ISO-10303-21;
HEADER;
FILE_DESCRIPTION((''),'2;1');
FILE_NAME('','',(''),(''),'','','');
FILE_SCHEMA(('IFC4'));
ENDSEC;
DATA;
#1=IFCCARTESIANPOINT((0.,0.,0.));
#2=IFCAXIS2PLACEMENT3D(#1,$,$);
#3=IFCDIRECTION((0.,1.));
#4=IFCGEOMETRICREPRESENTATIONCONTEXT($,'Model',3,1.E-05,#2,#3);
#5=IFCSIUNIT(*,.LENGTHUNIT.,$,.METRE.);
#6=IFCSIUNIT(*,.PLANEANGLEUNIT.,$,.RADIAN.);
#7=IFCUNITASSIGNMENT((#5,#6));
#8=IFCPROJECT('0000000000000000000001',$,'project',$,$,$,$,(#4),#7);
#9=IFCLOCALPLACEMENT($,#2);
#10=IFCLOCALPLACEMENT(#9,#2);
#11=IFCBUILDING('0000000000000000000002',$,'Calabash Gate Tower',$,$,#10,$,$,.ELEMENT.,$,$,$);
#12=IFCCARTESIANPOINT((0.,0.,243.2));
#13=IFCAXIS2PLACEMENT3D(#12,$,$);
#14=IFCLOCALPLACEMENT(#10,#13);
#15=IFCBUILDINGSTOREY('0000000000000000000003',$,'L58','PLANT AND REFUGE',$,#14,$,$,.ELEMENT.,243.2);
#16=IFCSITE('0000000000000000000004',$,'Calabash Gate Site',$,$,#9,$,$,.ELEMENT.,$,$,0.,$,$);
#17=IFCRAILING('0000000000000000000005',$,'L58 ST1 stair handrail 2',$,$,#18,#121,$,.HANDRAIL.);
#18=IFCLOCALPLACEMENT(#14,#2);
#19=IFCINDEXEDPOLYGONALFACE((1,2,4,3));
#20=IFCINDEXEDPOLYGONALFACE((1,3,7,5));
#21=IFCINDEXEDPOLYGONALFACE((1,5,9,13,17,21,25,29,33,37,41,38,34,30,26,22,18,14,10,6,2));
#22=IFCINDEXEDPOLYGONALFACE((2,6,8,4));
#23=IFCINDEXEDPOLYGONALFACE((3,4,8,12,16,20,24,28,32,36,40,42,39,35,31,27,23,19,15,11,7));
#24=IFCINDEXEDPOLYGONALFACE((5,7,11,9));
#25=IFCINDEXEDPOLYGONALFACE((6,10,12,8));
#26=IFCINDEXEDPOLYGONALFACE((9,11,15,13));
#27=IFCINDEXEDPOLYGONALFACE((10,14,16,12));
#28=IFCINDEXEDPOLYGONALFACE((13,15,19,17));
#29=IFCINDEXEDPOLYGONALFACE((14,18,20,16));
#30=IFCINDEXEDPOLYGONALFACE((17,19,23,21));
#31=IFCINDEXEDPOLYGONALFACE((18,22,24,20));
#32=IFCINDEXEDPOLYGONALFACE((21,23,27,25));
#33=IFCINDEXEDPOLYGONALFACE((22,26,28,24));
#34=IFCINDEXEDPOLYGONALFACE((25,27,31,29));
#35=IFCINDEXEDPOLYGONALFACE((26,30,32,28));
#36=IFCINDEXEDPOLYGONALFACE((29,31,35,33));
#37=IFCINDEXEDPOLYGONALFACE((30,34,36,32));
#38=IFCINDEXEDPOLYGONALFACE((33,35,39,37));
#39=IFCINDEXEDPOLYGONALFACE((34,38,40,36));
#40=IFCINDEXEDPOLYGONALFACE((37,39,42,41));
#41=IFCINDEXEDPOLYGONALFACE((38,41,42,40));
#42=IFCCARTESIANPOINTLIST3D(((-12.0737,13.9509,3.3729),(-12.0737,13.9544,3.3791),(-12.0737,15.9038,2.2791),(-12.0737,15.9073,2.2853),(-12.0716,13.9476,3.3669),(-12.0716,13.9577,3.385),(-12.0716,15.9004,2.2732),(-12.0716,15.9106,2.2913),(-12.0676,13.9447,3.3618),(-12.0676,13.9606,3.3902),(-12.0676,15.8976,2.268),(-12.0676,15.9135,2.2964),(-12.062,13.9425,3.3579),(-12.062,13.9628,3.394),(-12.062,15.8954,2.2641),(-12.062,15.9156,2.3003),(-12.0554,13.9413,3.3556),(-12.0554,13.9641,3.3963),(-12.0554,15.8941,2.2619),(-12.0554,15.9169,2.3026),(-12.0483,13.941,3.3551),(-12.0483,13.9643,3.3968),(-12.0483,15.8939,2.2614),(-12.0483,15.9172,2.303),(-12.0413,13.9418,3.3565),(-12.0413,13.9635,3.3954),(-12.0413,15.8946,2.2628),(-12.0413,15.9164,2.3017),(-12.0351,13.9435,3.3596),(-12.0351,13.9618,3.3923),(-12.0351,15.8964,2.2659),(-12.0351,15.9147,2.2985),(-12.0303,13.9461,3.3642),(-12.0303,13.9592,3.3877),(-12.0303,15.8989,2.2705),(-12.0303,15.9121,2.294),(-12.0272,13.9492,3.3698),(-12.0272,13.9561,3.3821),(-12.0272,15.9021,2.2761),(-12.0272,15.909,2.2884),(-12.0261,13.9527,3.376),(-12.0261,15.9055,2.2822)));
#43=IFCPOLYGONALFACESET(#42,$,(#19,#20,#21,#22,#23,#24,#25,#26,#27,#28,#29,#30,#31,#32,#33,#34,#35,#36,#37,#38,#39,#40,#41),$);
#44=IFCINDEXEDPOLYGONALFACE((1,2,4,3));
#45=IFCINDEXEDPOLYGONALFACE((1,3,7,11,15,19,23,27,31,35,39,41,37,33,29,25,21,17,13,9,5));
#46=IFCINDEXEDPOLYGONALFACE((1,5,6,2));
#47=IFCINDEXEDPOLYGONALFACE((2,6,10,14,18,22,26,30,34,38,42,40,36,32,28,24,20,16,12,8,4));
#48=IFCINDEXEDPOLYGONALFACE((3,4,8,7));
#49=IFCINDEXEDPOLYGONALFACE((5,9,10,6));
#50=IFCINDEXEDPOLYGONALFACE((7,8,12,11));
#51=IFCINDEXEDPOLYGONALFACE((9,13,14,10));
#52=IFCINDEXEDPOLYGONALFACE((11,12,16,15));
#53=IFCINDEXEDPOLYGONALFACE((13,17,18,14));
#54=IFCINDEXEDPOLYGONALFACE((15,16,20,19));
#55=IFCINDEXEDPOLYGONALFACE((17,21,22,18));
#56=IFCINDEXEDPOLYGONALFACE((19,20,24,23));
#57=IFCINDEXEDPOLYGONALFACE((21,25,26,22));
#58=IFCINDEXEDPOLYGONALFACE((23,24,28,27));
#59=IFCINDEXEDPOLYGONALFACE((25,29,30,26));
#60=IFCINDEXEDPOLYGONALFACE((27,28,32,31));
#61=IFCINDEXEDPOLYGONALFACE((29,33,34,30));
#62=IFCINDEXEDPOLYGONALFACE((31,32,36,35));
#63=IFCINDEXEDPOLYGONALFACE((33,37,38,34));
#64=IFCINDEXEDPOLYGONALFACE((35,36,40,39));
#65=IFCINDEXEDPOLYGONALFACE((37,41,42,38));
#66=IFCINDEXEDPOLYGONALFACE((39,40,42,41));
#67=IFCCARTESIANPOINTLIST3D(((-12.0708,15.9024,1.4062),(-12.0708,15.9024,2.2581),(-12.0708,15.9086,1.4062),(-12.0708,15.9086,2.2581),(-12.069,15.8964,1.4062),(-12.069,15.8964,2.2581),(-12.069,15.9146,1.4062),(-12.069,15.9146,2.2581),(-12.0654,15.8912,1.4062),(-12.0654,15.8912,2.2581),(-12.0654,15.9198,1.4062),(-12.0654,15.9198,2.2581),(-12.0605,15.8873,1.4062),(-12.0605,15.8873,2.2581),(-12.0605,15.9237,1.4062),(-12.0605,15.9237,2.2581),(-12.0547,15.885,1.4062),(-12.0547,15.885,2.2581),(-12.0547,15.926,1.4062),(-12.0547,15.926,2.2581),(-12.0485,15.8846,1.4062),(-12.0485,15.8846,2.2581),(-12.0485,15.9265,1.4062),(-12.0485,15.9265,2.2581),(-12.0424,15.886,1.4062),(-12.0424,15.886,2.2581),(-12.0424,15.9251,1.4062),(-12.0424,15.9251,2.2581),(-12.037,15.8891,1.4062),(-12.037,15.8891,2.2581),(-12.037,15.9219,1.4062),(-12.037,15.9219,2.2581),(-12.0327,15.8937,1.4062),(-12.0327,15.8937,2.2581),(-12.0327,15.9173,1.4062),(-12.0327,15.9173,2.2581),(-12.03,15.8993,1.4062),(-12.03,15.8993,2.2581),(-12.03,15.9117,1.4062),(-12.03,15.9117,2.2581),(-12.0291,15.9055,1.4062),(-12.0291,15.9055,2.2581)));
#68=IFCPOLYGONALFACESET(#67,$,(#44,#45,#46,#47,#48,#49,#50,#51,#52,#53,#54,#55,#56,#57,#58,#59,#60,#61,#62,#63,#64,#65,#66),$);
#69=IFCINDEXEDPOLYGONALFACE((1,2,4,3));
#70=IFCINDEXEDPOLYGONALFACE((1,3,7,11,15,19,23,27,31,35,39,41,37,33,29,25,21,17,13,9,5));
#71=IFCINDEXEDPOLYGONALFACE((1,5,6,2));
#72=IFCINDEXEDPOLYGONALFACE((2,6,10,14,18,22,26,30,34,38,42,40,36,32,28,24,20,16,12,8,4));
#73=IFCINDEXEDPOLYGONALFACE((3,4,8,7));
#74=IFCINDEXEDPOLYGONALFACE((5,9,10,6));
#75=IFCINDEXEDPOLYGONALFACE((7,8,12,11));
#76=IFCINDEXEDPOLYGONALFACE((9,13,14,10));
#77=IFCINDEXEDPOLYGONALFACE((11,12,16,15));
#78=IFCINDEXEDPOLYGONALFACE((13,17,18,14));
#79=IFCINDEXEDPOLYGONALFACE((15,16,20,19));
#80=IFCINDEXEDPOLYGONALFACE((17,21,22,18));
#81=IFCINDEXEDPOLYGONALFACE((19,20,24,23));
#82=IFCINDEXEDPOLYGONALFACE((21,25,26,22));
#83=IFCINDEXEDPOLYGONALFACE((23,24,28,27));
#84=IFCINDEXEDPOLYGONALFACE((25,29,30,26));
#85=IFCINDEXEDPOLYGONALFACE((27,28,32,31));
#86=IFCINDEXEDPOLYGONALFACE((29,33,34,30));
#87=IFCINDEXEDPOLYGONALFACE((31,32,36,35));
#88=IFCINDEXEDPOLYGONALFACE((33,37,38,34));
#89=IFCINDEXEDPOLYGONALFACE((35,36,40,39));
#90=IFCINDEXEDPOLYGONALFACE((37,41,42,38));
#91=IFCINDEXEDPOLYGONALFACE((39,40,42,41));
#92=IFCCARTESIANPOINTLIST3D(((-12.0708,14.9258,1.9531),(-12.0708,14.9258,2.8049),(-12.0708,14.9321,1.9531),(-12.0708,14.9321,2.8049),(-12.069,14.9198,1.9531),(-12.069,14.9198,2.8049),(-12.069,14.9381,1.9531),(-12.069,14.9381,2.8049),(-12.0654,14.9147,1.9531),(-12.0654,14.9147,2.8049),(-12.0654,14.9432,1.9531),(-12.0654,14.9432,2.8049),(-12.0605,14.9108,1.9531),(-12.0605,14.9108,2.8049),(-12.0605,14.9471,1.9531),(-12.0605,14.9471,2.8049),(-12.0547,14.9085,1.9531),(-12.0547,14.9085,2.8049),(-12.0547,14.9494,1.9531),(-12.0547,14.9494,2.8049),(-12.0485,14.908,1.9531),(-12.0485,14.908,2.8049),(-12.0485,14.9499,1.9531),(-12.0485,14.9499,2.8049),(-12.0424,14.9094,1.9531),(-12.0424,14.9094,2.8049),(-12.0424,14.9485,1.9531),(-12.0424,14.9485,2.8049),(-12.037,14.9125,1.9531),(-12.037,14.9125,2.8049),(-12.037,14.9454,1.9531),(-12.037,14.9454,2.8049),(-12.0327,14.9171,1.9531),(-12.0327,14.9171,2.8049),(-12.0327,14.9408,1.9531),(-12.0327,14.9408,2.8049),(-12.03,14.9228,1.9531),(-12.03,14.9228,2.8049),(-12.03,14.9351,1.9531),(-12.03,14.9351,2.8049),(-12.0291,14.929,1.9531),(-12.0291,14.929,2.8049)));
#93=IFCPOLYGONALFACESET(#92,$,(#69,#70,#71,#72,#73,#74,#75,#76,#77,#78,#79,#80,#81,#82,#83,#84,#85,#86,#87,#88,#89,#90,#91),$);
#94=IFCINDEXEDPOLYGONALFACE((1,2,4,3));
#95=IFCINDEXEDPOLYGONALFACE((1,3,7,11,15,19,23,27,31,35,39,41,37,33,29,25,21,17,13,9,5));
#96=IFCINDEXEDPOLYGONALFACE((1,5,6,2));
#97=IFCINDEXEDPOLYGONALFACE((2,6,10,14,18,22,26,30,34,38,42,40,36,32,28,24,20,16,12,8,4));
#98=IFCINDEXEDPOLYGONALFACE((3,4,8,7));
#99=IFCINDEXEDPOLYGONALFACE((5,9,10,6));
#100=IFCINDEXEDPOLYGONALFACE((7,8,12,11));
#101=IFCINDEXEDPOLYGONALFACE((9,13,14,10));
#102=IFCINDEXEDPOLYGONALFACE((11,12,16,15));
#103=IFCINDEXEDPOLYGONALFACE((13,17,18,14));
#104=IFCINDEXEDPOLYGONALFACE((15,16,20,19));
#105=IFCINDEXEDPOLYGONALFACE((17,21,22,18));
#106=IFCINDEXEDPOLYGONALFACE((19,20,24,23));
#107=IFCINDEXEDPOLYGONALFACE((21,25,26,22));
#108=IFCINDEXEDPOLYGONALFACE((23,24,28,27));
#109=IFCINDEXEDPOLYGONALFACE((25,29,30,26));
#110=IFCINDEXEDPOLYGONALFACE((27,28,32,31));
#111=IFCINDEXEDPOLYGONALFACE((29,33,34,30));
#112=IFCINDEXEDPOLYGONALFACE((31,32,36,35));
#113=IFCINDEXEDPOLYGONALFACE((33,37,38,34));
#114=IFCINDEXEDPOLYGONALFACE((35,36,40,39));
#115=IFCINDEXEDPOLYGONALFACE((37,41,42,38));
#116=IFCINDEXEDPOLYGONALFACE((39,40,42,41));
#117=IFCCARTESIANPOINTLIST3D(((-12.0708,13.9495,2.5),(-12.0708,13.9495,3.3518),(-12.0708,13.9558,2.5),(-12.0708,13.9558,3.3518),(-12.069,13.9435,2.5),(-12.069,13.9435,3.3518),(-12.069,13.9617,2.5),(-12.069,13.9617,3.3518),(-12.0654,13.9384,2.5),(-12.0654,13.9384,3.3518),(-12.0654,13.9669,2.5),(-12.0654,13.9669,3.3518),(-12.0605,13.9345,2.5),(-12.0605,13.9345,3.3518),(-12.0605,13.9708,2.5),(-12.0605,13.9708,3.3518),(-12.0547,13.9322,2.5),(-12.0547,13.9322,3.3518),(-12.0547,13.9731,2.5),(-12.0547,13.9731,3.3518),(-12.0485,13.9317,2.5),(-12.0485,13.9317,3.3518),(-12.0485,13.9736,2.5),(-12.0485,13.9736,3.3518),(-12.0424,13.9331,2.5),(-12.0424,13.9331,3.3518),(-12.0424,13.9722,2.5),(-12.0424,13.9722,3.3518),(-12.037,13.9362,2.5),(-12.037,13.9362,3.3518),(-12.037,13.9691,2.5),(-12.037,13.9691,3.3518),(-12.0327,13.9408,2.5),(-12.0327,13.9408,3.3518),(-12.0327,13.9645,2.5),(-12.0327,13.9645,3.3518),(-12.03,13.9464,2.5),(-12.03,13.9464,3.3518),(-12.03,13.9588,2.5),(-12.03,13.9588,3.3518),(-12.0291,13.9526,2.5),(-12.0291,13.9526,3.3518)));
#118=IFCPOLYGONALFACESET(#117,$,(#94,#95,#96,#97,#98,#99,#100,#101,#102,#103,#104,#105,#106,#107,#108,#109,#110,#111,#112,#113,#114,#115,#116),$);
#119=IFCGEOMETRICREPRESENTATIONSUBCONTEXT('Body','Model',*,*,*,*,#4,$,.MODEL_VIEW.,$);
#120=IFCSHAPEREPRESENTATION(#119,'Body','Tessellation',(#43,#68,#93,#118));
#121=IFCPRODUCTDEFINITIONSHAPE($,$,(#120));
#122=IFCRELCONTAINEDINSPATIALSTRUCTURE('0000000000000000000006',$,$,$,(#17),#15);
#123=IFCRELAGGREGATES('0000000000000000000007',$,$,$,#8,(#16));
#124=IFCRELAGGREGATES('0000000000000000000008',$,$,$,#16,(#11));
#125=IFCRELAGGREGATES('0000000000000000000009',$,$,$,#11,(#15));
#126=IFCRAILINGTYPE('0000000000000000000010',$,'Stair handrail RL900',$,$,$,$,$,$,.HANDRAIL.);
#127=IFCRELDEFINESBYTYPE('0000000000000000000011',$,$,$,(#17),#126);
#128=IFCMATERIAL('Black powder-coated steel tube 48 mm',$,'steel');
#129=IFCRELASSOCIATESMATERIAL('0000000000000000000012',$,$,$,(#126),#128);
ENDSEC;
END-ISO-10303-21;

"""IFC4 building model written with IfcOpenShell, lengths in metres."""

from ifc_helpers import new_model, si_unit, direction, frame, origin, origin_2d, place, context, subcontext, project, spatial, circle, extrude, material, type_object, element, save


model = new_model("IFC4")

# Units and contexts
model_context = context("Model", 3, precision=1e-05, world=origin(), true_north=direction((0.0, 1.0)))
body_context = subcontext(model_context, "Body", "Model", "MODEL_VIEW")
ifc_project = project(units=[si_unit("LENGTHUNIT", "METRE"), si_unit("PLANEANGLEUNIT", "RADIAN")], contexts=[model_context])

# Site, building, storey
site_placement = place(None, origin())
site = spatial("IfcSite", under=ifc_project, at=site_placement, Name="Calabash Gate Site", CompositionType="ELEMENT", RefElevation=0.0)
building_placement = place(site_placement, origin())
building = spatial("IfcBuilding", under=site, at=building_placement, Name="Calabash Gate Tower", CompositionType="ELEMENT")
storey_placement = place(building_placement, frame((0.0, 0.0, 243.2)))
storey = spatial("IfcBuildingStorey", under=building, at=storey_placement, Name="L58", Description="PLANT AND REFUGE", CompositionType="ELEMENT", Elevation=243.2)

# Railing
ifc_material_1 = material(Name="Black powder-coated steel tube 48 mm", Category="steel")
railing_type_1 = type_object("IfcRailingType", Name="Stair handrail RL900", PredefinedType="HANDRAIL", material=ifc_material_1)
railing_1_placement = place(storey_placement, frame((-12.05, 15.9055, 1.4062)))
element("IfcRailing", 1, at=railing_1_placement, inside=storey, type_object=railing_type_1, Name="L58 ST1 stair handrail 2", PredefinedType="HANDRAIL", context=body_context, shape_type="SweptSolid", body=[
    extrude(circle(Radius=0.0239, at=origin_2d()), frame((0.0, 0.0, 0.876), z_axis=(0.0, -0.87248, 0.48865), x_axis=(1.0, 0.0, 0.0)), (0.0, 0.0, 1.0), 2.2383),
    extrude(circle(Radius=0.021, at=origin_2d()), origin(), (0.0, 0.0, 1.0), 0.8518),
    extrude(circle(Radius=0.021, at=origin_2d()), frame((0.0, -0.9766, 0.5469)), (0.0, 0.0, 1.0), 0.8518),
    extrude(circle(Radius=0.021, at=origin_2d()), frame((0.0, -1.9529, 1.0938)), (0.0, 0.0, 1.0), 0.8518),
])

save(model, "model.ifc")
